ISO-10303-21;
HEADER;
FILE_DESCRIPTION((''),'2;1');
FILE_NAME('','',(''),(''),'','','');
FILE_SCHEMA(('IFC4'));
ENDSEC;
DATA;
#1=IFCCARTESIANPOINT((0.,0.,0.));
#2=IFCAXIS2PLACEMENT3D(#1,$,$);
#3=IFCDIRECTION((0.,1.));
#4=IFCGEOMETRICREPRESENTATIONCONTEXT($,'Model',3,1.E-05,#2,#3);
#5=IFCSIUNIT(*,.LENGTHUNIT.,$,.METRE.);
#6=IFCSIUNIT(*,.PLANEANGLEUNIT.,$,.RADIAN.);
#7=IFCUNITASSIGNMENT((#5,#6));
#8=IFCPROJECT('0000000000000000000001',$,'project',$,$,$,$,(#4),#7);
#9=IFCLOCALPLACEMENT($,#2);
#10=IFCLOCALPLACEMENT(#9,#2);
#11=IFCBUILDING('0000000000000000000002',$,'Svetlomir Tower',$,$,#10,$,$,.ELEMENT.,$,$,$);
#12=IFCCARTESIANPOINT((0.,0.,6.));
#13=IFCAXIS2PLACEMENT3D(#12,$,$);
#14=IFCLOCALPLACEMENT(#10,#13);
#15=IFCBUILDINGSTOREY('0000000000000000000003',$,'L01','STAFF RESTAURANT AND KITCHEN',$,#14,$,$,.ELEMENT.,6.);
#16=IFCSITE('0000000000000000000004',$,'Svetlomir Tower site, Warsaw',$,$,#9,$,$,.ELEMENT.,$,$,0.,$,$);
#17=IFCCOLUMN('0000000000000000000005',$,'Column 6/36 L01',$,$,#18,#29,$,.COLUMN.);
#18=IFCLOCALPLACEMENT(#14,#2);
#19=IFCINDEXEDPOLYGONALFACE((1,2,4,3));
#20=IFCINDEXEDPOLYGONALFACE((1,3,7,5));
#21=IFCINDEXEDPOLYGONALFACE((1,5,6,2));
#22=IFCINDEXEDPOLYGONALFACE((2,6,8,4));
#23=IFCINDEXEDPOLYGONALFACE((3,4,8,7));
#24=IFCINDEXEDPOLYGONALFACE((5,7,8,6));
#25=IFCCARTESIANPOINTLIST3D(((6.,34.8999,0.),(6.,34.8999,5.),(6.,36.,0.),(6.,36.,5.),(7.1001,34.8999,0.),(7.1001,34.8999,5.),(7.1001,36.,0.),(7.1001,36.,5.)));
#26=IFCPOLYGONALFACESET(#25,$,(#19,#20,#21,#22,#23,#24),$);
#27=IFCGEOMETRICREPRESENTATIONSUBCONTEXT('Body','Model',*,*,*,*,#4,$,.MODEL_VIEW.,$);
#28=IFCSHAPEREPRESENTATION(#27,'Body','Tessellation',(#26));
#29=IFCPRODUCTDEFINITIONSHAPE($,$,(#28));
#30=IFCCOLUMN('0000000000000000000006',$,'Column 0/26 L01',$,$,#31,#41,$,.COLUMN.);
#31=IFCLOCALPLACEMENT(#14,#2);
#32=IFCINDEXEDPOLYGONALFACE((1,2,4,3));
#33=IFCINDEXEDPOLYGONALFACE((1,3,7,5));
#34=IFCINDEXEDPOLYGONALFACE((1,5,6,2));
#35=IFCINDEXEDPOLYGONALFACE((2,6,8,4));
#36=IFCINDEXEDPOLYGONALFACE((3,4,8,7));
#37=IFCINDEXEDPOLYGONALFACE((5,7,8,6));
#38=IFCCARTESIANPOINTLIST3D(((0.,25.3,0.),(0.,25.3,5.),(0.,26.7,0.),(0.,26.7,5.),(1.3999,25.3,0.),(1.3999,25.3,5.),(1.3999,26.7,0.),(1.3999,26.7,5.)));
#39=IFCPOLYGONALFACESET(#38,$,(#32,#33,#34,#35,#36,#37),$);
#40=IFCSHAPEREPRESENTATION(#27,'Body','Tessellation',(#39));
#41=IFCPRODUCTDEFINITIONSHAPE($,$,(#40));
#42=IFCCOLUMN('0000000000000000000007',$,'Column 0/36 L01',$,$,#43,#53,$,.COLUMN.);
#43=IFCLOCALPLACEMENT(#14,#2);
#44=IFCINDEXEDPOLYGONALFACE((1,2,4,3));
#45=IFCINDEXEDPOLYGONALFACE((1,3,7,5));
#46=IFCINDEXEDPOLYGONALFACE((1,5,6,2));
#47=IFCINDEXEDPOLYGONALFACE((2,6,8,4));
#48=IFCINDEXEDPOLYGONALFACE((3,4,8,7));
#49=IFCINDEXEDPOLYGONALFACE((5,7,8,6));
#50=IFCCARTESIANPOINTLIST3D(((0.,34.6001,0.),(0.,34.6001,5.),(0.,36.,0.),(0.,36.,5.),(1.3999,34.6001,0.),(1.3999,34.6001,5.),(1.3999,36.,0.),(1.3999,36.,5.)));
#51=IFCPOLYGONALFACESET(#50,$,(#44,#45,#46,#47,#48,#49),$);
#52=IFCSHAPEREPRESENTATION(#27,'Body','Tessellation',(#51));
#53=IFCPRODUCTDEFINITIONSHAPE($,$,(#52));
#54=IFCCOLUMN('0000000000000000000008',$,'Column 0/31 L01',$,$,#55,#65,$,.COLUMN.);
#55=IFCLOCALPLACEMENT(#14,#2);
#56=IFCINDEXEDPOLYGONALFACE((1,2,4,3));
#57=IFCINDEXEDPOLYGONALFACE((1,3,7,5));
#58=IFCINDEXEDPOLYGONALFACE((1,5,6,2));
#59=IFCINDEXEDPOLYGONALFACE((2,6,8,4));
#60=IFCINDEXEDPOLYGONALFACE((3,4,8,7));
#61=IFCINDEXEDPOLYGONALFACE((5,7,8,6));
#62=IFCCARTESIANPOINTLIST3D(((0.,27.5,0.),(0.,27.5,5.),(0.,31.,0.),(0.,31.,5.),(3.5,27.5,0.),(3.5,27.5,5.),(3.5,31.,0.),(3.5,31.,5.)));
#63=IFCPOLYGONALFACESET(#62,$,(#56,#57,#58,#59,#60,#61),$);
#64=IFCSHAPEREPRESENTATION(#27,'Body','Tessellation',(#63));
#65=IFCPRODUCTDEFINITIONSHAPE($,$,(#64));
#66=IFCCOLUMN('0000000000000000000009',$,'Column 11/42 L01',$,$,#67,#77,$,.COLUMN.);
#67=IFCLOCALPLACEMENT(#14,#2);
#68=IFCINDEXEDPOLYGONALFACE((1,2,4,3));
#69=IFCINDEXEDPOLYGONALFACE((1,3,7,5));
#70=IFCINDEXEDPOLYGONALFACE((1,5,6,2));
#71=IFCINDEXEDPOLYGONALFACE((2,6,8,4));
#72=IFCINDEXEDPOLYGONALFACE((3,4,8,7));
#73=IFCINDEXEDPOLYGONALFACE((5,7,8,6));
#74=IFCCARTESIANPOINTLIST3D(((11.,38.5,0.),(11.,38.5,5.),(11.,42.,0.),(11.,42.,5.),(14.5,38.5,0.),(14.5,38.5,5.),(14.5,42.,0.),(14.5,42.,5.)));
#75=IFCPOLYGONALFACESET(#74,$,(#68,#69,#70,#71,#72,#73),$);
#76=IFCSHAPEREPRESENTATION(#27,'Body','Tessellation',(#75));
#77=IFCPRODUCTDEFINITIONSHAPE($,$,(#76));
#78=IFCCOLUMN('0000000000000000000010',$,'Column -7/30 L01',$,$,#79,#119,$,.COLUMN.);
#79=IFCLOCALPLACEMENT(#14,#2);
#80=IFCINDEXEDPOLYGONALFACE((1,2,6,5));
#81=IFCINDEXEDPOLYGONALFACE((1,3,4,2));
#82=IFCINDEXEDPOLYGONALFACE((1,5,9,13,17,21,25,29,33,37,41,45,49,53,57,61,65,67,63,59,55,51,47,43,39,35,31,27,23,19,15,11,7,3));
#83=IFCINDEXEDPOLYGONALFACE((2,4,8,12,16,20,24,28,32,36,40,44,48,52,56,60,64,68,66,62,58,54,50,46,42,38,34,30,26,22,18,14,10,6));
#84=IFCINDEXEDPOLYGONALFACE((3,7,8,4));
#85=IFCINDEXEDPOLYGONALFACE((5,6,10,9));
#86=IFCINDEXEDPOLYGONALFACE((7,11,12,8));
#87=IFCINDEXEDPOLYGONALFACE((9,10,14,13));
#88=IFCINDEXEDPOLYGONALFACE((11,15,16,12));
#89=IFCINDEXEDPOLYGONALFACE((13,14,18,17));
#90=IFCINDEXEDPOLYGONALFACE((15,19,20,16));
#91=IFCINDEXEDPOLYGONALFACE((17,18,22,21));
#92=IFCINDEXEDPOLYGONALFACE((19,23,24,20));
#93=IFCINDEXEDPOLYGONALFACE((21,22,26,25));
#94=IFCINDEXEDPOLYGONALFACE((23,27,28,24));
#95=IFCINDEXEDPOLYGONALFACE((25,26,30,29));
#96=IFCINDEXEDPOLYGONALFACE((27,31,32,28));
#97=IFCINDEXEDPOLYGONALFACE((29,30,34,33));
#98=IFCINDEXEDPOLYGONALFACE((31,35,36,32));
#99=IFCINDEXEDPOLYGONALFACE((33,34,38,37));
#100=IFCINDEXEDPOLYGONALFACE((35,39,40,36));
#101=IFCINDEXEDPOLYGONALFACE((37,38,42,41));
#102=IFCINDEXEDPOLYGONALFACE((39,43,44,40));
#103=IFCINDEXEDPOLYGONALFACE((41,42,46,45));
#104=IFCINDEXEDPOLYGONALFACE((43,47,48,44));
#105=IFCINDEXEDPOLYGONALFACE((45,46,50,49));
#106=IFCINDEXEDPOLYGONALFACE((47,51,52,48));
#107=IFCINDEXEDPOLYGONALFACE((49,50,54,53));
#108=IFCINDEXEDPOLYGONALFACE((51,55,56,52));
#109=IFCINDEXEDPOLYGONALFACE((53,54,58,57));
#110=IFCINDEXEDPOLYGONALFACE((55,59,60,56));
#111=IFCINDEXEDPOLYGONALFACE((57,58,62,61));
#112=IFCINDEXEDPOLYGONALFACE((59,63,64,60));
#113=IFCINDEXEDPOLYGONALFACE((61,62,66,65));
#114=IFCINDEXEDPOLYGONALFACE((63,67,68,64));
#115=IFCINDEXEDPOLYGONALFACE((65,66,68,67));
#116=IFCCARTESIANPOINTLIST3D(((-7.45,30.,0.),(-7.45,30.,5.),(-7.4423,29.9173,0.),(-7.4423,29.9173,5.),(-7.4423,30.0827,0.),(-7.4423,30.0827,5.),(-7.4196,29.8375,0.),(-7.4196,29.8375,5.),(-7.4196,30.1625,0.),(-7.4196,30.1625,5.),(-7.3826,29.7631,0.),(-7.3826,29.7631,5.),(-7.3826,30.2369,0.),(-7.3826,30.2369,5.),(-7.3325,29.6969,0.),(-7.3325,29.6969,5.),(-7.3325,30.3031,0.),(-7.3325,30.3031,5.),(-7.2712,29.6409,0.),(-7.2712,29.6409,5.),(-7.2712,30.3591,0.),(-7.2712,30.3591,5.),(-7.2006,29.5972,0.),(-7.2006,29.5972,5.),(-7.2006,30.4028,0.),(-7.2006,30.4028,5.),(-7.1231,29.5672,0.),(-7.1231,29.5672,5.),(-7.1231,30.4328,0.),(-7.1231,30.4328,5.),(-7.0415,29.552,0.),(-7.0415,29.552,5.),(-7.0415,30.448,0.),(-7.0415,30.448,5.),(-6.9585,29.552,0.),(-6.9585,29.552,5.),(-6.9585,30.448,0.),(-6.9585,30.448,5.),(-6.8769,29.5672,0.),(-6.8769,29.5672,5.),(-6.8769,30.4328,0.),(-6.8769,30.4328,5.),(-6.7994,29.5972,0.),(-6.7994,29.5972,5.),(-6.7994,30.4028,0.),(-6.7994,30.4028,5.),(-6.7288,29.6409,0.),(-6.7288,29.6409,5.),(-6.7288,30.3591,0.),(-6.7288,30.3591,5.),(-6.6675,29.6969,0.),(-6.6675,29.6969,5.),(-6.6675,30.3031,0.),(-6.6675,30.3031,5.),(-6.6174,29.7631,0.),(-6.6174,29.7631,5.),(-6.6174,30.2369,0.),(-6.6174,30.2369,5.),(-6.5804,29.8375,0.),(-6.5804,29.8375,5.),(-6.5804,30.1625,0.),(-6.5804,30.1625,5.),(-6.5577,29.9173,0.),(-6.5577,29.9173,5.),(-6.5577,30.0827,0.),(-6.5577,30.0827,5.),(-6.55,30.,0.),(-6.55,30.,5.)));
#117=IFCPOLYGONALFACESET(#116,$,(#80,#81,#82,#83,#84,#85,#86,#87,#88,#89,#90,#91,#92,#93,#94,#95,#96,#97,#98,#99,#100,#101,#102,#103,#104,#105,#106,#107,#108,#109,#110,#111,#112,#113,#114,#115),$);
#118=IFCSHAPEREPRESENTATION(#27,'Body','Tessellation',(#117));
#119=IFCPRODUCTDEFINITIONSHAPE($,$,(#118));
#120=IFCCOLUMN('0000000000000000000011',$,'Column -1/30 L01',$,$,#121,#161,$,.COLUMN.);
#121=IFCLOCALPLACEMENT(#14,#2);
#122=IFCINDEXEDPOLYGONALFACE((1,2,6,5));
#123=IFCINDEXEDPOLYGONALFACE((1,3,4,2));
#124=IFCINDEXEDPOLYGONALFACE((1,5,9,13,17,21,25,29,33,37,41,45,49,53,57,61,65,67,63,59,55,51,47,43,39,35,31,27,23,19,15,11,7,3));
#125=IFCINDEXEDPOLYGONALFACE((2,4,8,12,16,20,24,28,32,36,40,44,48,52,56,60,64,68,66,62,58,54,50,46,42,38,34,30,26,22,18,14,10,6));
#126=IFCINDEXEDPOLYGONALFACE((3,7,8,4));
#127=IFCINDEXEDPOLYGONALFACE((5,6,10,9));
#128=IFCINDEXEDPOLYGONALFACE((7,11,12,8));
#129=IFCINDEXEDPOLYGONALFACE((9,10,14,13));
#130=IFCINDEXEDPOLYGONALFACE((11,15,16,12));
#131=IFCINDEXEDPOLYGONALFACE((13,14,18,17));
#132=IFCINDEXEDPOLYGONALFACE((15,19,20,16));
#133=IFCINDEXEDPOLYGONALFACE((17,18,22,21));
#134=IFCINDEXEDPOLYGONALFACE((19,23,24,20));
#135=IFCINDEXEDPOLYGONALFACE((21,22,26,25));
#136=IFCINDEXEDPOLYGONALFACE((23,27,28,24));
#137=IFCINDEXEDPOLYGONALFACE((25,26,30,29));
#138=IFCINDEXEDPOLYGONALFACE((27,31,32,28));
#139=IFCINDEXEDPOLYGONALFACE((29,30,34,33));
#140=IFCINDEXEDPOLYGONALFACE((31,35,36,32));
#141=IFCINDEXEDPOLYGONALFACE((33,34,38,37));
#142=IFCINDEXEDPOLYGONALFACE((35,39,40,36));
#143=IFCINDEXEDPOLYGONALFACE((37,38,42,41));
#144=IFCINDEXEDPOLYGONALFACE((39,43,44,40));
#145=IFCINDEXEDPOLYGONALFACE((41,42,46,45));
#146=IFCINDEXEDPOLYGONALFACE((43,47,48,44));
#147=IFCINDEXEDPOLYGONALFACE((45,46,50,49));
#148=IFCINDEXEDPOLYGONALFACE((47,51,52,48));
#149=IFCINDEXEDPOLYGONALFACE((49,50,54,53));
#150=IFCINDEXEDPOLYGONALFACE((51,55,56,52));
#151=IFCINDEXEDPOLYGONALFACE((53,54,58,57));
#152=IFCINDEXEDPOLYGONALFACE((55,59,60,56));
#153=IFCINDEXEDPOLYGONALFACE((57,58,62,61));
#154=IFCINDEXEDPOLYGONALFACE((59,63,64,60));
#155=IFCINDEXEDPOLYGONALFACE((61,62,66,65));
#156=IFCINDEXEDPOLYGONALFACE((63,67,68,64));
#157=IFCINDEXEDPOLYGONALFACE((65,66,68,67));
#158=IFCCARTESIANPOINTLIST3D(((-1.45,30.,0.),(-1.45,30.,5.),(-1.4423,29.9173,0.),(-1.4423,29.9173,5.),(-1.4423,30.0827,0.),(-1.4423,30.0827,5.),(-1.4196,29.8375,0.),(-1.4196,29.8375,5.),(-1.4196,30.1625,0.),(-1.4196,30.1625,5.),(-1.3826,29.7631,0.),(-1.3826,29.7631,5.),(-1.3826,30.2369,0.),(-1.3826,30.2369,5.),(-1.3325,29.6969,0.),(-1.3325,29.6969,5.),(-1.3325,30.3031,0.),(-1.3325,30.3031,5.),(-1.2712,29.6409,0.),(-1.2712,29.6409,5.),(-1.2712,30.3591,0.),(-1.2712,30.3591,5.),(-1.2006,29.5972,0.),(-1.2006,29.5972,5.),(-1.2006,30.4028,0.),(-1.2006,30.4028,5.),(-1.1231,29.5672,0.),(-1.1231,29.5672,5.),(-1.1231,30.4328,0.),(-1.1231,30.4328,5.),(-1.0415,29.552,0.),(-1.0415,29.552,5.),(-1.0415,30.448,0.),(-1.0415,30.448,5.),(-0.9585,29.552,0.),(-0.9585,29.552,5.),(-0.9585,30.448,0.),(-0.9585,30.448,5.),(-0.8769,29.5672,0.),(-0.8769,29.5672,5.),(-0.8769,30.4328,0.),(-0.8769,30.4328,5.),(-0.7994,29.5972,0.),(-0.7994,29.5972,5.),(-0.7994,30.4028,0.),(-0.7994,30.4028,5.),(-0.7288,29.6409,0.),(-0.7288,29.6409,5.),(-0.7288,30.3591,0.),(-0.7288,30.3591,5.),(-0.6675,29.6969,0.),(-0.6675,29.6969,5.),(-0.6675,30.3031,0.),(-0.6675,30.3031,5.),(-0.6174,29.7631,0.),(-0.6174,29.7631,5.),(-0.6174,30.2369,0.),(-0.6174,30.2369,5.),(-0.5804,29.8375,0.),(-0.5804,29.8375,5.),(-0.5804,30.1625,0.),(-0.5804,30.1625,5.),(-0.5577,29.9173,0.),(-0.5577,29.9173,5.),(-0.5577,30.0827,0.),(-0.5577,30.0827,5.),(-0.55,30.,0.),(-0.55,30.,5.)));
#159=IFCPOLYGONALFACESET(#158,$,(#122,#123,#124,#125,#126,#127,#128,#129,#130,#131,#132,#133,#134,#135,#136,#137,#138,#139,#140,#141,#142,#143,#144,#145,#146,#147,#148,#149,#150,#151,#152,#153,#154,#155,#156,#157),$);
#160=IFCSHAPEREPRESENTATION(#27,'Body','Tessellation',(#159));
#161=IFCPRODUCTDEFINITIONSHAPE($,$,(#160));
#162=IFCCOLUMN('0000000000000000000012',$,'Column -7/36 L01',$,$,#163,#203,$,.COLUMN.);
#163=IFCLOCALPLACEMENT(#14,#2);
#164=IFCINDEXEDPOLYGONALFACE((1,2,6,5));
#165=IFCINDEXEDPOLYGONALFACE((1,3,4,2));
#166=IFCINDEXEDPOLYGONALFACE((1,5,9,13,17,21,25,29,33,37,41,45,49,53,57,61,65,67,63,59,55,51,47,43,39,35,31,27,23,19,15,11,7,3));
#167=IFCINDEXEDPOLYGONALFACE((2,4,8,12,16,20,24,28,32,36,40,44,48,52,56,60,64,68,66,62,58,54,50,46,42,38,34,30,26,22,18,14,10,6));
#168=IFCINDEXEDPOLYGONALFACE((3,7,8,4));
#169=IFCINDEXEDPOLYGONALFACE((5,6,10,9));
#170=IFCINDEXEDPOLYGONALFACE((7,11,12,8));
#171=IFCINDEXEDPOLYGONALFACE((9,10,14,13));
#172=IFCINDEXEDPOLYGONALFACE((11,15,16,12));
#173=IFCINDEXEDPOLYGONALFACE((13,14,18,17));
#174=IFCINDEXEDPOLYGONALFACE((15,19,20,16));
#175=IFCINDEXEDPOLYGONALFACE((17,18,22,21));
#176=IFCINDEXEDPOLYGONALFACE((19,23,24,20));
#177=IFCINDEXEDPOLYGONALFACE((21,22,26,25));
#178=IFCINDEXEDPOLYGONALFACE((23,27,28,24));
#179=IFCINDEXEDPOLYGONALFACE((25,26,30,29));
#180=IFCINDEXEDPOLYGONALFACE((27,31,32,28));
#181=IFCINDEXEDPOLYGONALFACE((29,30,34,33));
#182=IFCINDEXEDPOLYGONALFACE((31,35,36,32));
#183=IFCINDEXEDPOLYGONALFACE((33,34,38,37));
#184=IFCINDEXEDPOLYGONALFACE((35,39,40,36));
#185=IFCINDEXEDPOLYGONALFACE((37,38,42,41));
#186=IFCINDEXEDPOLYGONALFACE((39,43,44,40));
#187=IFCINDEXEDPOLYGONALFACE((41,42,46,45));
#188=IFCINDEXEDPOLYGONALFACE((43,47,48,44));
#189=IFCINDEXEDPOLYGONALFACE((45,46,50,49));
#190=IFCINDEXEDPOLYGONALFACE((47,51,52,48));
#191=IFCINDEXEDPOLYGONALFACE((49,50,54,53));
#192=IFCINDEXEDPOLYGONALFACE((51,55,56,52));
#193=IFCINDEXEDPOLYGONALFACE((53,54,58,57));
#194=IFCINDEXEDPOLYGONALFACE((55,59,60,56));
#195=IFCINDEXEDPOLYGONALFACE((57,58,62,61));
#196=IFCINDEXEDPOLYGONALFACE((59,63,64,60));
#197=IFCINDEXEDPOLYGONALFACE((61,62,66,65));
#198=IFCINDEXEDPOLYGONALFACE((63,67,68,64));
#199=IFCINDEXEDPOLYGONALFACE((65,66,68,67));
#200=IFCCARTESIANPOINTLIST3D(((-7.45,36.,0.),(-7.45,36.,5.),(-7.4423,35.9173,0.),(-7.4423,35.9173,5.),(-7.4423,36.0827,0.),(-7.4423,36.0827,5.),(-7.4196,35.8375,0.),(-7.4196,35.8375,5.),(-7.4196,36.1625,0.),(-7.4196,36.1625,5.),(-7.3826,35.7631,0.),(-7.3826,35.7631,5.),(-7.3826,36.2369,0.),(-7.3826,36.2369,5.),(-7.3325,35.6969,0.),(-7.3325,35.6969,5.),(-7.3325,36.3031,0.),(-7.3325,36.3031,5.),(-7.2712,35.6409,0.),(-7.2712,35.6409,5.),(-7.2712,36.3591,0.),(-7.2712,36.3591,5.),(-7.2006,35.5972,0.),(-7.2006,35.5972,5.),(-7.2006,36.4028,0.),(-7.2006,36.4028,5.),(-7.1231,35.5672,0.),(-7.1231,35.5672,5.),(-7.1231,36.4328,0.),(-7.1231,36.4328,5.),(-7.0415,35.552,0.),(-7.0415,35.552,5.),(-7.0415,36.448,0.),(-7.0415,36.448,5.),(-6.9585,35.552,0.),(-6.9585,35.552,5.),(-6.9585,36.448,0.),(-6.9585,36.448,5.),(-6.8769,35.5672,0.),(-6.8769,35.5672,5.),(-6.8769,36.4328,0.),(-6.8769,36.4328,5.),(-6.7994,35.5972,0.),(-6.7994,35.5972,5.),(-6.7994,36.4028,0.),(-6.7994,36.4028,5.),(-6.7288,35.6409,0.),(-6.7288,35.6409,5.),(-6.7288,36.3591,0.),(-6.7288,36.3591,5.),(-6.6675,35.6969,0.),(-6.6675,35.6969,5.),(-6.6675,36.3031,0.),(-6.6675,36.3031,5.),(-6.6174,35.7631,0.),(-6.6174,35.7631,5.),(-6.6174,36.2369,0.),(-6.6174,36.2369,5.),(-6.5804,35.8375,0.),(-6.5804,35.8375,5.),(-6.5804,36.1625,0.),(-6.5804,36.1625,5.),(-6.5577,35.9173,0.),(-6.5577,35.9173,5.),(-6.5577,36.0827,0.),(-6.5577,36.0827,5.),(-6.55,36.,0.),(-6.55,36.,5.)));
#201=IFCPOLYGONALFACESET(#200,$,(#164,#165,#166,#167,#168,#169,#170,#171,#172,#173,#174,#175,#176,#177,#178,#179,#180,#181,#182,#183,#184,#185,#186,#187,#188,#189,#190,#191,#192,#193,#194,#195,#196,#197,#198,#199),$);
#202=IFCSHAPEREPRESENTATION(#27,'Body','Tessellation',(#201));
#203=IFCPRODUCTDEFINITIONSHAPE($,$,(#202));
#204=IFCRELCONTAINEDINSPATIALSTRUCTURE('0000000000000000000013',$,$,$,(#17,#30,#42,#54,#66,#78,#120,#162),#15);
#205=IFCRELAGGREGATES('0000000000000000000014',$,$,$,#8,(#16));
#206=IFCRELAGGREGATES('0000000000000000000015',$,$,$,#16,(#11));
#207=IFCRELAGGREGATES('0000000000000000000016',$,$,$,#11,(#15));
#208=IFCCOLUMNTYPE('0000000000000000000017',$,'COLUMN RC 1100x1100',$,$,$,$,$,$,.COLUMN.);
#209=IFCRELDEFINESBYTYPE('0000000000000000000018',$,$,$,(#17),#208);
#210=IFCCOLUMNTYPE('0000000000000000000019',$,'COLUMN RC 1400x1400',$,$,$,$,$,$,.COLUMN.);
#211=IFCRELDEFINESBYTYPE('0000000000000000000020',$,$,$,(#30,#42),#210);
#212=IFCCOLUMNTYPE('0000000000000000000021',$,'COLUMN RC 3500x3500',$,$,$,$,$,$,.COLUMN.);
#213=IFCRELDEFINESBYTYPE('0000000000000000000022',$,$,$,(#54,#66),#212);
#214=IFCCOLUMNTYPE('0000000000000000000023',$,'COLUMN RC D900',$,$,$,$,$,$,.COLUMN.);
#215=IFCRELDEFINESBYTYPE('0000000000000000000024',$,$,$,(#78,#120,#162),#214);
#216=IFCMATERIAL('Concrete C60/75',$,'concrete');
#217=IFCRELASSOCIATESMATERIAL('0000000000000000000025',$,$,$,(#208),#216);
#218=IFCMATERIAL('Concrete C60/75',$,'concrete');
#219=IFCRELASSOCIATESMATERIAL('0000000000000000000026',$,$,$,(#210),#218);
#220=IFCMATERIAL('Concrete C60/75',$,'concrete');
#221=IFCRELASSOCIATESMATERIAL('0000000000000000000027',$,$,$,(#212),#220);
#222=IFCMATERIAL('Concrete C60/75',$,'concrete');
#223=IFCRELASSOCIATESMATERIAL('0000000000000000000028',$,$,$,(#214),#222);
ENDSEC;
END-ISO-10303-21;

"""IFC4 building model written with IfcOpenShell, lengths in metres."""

from ifc_helpers import new_model, si_unit, direction, frame, origin, origin_2d, place, context, subcontext, project, spatial, rectangle, circle, extrude, material, material_profile, profile_set, type_object, element, save


model = new_model("IFC4")

# Units and contexts
model_context = context("Model", 3, precision=1e-05, world=origin(), true_north=direction((0.0, 1.0)))
body_context = subcontext(model_context, "Body", "Model", "MODEL_VIEW")
ifc_project = project(units=[si_unit("LENGTHUNIT", "METRE"), si_unit("PLANEANGLEUNIT", "RADIAN")], contexts=[model_context])

# Site, building, storey
site_placement = place(None, origin())
site = spatial("IfcSite", under=ifc_project, at=site_placement, Name="Svetlomir Tower site, Warsaw", CompositionType="ELEMENT", RefElevation=0.0)
building_placement = place(site_placement, origin())
building = spatial("IfcBuilding", under=site, at=building_placement, Name="Svetlomir Tower", CompositionType="ELEMENT")
storey_placement = place(building_placement, frame((0.0, 0.0, 6.0)))
storey = spatial("IfcBuildingStorey", under=building, at=storey_placement, Name="L01", Description="STAFF RESTAURANT AND KITCHEN", CompositionType="ELEMENT", Elevation=6.0)

# Columns
ifc_material_1 = material(Name="Concrete C60/75", Category="concrete")
ifc_material_profile_1 = material_profile(ifc_material_1, rectangle(XDim=1.1001, YDim=1.1001, at=origin_2d()), Name="RC 1100x1100")
ifc_profile_set_1 = profile_set([ifc_material_profile_1], Name="Concrete C60/75")
column_type_1 = type_object("IfcColumnType", Name="COLUMN RC 1100x1100", PredefinedType="COLUMN", material=ifc_profile_set_1)
column_placement = place(storey_placement, frame((6.55, 35.45, 0.0), z_axis=(0.0, 0.0, 1.0), x_axis=(1.0, 0.0, 0.0)))
element("IfcColumn", 1, at=column_placement, inside=storey, type_object=column_type_1, Name="Column 6/36 L01", PredefinedType="COLUMN", context=body_context, shape_type="SweptSolid", body=[
    extrude(rectangle(XDim=1.1001, YDim=1.1001, at=origin_2d()), origin(), (0.0, 0.0, 1.0), 5.0),
])
ifc_material_2 = material(Name="Concrete C60/75", Category="concrete")
ifc_material_profile_2 = material_profile(ifc_material_2, rectangle(XDim=1.3999, YDim=1.3999, at=origin_2d()), Name="RC 1400x1400")
ifc_profile_set_2 = profile_set([ifc_material_profile_2], Name="Concrete C60/75")
column_type_2 = type_object("IfcColumnType", Name="COLUMN RC 1400x1400", PredefinedType="COLUMN", material=ifc_profile_set_2)
for number, where, z_axis, x_axis, name in (
    (2, (0.7, 26.0, 0.0), (0.0, 0.0, 1.0), (1.0, 0.0, 0.0), "Column 0/26 L01"),
    (3, (0.7, 35.3, 0.0), (0.0, 0.0, 1.0), (1.0, 0.0, 0.0), "Column 0/36 L01"),
):
    element("IfcColumn", number, at=place(storey_placement, frame(where, z_axis=z_axis, x_axis=x_axis)), inside=storey, type_object=column_type_2, Name=name, PredefinedType="COLUMN", context=body_context, shape_type="SweptSolid", body=[
        extrude(rectangle(XDim=1.3999, YDim=1.3999, at=origin_2d()), origin(), (0.0, 0.0, 1.0), 5.0),
    ])
ifc_material_3 = material(Name="Concrete C60/75", Category="concrete")
ifc_material_profile_3 = material_profile(ifc_material_3, rectangle(XDim=3.5, YDim=3.5, at=origin_2d()), Name="RC 3500x3500")
ifc_profile_set_3 = profile_set([ifc_material_profile_3], Name="Concrete C60/75")
column_type_3 = type_object("IfcColumnType", Name="COLUMN RC 3500x3500", PredefinedType="COLUMN", material=ifc_profile_set_3)
for number, where, z_axis, x_axis, name in (
    (4, (1.75, 29.25, 0.0), (0.0, 0.0, 1.0), (1.0, 0.0, 0.0), "Column 0/31 L01"),
    (5, (12.75, 40.25, 0.0), (0.0, 0.0, 1.0), (1.0, 0.0, 0.0), "Column 11/42 L01"),
):
    element("IfcColumn", number, at=place(storey_placement, frame(where, z_axis=z_axis, x_axis=x_axis)), inside=storey, type_object=column_type_3, Name=name, PredefinedType="COLUMN", context=body_context, shape_type="SweptSolid", body=[
        extrude(rectangle(XDim=3.5, YDim=3.5, at=origin_2d()), origin(), (0.0, 0.0, 1.0), 5.0),
    ])
ifc_material_4 = material(Name="Concrete C60/75", Category="concrete")
ifc_material_profile_4 = material_profile(ifc_material_4, circle(Radius=0.45, at=origin_2d()), Name="RC D900")
ifc_profile_set_4 = profile_set([ifc_material_profile_4], Name="Concrete C60/75")
column_type_4 = type_object("IfcColumnType", Name="COLUMN RC D900", PredefinedType="COLUMN", material=ifc_profile_set_4)
for number, where, z_axis, x_axis, name in (
    (6, (-7.0, 30.0, 0.0), (0.0, 0.0, 1.0), (1.0, 0.0, 0.0), "Column -7/30 L01"),
    (7, (-1.0, 30.0, 0.0), (0.0, 0.0, 1.0), (1.0, 0.0, 0.0), "Column -1/30 L01"),
    (8, (-7.0, 36.0, 0.0), (0.0, 0.0, 1.0), (1.0, 0.0, 0.0), "Column -7/36 L01"),
):
    element("IfcColumn", number, at=place(storey_placement, frame(where, z_axis=z_axis, x_axis=x_axis)), inside=storey, type_object=column_type_4, Name=name, PredefinedType="COLUMN", context=body_context, shape_type="SweptSolid", body=[
        extrude(circle(Radius=0.45, at=origin_2d()), origin(), (0.0, 0.0, 1.0), 5.0),
    ])

save(model, "model.ifc")
